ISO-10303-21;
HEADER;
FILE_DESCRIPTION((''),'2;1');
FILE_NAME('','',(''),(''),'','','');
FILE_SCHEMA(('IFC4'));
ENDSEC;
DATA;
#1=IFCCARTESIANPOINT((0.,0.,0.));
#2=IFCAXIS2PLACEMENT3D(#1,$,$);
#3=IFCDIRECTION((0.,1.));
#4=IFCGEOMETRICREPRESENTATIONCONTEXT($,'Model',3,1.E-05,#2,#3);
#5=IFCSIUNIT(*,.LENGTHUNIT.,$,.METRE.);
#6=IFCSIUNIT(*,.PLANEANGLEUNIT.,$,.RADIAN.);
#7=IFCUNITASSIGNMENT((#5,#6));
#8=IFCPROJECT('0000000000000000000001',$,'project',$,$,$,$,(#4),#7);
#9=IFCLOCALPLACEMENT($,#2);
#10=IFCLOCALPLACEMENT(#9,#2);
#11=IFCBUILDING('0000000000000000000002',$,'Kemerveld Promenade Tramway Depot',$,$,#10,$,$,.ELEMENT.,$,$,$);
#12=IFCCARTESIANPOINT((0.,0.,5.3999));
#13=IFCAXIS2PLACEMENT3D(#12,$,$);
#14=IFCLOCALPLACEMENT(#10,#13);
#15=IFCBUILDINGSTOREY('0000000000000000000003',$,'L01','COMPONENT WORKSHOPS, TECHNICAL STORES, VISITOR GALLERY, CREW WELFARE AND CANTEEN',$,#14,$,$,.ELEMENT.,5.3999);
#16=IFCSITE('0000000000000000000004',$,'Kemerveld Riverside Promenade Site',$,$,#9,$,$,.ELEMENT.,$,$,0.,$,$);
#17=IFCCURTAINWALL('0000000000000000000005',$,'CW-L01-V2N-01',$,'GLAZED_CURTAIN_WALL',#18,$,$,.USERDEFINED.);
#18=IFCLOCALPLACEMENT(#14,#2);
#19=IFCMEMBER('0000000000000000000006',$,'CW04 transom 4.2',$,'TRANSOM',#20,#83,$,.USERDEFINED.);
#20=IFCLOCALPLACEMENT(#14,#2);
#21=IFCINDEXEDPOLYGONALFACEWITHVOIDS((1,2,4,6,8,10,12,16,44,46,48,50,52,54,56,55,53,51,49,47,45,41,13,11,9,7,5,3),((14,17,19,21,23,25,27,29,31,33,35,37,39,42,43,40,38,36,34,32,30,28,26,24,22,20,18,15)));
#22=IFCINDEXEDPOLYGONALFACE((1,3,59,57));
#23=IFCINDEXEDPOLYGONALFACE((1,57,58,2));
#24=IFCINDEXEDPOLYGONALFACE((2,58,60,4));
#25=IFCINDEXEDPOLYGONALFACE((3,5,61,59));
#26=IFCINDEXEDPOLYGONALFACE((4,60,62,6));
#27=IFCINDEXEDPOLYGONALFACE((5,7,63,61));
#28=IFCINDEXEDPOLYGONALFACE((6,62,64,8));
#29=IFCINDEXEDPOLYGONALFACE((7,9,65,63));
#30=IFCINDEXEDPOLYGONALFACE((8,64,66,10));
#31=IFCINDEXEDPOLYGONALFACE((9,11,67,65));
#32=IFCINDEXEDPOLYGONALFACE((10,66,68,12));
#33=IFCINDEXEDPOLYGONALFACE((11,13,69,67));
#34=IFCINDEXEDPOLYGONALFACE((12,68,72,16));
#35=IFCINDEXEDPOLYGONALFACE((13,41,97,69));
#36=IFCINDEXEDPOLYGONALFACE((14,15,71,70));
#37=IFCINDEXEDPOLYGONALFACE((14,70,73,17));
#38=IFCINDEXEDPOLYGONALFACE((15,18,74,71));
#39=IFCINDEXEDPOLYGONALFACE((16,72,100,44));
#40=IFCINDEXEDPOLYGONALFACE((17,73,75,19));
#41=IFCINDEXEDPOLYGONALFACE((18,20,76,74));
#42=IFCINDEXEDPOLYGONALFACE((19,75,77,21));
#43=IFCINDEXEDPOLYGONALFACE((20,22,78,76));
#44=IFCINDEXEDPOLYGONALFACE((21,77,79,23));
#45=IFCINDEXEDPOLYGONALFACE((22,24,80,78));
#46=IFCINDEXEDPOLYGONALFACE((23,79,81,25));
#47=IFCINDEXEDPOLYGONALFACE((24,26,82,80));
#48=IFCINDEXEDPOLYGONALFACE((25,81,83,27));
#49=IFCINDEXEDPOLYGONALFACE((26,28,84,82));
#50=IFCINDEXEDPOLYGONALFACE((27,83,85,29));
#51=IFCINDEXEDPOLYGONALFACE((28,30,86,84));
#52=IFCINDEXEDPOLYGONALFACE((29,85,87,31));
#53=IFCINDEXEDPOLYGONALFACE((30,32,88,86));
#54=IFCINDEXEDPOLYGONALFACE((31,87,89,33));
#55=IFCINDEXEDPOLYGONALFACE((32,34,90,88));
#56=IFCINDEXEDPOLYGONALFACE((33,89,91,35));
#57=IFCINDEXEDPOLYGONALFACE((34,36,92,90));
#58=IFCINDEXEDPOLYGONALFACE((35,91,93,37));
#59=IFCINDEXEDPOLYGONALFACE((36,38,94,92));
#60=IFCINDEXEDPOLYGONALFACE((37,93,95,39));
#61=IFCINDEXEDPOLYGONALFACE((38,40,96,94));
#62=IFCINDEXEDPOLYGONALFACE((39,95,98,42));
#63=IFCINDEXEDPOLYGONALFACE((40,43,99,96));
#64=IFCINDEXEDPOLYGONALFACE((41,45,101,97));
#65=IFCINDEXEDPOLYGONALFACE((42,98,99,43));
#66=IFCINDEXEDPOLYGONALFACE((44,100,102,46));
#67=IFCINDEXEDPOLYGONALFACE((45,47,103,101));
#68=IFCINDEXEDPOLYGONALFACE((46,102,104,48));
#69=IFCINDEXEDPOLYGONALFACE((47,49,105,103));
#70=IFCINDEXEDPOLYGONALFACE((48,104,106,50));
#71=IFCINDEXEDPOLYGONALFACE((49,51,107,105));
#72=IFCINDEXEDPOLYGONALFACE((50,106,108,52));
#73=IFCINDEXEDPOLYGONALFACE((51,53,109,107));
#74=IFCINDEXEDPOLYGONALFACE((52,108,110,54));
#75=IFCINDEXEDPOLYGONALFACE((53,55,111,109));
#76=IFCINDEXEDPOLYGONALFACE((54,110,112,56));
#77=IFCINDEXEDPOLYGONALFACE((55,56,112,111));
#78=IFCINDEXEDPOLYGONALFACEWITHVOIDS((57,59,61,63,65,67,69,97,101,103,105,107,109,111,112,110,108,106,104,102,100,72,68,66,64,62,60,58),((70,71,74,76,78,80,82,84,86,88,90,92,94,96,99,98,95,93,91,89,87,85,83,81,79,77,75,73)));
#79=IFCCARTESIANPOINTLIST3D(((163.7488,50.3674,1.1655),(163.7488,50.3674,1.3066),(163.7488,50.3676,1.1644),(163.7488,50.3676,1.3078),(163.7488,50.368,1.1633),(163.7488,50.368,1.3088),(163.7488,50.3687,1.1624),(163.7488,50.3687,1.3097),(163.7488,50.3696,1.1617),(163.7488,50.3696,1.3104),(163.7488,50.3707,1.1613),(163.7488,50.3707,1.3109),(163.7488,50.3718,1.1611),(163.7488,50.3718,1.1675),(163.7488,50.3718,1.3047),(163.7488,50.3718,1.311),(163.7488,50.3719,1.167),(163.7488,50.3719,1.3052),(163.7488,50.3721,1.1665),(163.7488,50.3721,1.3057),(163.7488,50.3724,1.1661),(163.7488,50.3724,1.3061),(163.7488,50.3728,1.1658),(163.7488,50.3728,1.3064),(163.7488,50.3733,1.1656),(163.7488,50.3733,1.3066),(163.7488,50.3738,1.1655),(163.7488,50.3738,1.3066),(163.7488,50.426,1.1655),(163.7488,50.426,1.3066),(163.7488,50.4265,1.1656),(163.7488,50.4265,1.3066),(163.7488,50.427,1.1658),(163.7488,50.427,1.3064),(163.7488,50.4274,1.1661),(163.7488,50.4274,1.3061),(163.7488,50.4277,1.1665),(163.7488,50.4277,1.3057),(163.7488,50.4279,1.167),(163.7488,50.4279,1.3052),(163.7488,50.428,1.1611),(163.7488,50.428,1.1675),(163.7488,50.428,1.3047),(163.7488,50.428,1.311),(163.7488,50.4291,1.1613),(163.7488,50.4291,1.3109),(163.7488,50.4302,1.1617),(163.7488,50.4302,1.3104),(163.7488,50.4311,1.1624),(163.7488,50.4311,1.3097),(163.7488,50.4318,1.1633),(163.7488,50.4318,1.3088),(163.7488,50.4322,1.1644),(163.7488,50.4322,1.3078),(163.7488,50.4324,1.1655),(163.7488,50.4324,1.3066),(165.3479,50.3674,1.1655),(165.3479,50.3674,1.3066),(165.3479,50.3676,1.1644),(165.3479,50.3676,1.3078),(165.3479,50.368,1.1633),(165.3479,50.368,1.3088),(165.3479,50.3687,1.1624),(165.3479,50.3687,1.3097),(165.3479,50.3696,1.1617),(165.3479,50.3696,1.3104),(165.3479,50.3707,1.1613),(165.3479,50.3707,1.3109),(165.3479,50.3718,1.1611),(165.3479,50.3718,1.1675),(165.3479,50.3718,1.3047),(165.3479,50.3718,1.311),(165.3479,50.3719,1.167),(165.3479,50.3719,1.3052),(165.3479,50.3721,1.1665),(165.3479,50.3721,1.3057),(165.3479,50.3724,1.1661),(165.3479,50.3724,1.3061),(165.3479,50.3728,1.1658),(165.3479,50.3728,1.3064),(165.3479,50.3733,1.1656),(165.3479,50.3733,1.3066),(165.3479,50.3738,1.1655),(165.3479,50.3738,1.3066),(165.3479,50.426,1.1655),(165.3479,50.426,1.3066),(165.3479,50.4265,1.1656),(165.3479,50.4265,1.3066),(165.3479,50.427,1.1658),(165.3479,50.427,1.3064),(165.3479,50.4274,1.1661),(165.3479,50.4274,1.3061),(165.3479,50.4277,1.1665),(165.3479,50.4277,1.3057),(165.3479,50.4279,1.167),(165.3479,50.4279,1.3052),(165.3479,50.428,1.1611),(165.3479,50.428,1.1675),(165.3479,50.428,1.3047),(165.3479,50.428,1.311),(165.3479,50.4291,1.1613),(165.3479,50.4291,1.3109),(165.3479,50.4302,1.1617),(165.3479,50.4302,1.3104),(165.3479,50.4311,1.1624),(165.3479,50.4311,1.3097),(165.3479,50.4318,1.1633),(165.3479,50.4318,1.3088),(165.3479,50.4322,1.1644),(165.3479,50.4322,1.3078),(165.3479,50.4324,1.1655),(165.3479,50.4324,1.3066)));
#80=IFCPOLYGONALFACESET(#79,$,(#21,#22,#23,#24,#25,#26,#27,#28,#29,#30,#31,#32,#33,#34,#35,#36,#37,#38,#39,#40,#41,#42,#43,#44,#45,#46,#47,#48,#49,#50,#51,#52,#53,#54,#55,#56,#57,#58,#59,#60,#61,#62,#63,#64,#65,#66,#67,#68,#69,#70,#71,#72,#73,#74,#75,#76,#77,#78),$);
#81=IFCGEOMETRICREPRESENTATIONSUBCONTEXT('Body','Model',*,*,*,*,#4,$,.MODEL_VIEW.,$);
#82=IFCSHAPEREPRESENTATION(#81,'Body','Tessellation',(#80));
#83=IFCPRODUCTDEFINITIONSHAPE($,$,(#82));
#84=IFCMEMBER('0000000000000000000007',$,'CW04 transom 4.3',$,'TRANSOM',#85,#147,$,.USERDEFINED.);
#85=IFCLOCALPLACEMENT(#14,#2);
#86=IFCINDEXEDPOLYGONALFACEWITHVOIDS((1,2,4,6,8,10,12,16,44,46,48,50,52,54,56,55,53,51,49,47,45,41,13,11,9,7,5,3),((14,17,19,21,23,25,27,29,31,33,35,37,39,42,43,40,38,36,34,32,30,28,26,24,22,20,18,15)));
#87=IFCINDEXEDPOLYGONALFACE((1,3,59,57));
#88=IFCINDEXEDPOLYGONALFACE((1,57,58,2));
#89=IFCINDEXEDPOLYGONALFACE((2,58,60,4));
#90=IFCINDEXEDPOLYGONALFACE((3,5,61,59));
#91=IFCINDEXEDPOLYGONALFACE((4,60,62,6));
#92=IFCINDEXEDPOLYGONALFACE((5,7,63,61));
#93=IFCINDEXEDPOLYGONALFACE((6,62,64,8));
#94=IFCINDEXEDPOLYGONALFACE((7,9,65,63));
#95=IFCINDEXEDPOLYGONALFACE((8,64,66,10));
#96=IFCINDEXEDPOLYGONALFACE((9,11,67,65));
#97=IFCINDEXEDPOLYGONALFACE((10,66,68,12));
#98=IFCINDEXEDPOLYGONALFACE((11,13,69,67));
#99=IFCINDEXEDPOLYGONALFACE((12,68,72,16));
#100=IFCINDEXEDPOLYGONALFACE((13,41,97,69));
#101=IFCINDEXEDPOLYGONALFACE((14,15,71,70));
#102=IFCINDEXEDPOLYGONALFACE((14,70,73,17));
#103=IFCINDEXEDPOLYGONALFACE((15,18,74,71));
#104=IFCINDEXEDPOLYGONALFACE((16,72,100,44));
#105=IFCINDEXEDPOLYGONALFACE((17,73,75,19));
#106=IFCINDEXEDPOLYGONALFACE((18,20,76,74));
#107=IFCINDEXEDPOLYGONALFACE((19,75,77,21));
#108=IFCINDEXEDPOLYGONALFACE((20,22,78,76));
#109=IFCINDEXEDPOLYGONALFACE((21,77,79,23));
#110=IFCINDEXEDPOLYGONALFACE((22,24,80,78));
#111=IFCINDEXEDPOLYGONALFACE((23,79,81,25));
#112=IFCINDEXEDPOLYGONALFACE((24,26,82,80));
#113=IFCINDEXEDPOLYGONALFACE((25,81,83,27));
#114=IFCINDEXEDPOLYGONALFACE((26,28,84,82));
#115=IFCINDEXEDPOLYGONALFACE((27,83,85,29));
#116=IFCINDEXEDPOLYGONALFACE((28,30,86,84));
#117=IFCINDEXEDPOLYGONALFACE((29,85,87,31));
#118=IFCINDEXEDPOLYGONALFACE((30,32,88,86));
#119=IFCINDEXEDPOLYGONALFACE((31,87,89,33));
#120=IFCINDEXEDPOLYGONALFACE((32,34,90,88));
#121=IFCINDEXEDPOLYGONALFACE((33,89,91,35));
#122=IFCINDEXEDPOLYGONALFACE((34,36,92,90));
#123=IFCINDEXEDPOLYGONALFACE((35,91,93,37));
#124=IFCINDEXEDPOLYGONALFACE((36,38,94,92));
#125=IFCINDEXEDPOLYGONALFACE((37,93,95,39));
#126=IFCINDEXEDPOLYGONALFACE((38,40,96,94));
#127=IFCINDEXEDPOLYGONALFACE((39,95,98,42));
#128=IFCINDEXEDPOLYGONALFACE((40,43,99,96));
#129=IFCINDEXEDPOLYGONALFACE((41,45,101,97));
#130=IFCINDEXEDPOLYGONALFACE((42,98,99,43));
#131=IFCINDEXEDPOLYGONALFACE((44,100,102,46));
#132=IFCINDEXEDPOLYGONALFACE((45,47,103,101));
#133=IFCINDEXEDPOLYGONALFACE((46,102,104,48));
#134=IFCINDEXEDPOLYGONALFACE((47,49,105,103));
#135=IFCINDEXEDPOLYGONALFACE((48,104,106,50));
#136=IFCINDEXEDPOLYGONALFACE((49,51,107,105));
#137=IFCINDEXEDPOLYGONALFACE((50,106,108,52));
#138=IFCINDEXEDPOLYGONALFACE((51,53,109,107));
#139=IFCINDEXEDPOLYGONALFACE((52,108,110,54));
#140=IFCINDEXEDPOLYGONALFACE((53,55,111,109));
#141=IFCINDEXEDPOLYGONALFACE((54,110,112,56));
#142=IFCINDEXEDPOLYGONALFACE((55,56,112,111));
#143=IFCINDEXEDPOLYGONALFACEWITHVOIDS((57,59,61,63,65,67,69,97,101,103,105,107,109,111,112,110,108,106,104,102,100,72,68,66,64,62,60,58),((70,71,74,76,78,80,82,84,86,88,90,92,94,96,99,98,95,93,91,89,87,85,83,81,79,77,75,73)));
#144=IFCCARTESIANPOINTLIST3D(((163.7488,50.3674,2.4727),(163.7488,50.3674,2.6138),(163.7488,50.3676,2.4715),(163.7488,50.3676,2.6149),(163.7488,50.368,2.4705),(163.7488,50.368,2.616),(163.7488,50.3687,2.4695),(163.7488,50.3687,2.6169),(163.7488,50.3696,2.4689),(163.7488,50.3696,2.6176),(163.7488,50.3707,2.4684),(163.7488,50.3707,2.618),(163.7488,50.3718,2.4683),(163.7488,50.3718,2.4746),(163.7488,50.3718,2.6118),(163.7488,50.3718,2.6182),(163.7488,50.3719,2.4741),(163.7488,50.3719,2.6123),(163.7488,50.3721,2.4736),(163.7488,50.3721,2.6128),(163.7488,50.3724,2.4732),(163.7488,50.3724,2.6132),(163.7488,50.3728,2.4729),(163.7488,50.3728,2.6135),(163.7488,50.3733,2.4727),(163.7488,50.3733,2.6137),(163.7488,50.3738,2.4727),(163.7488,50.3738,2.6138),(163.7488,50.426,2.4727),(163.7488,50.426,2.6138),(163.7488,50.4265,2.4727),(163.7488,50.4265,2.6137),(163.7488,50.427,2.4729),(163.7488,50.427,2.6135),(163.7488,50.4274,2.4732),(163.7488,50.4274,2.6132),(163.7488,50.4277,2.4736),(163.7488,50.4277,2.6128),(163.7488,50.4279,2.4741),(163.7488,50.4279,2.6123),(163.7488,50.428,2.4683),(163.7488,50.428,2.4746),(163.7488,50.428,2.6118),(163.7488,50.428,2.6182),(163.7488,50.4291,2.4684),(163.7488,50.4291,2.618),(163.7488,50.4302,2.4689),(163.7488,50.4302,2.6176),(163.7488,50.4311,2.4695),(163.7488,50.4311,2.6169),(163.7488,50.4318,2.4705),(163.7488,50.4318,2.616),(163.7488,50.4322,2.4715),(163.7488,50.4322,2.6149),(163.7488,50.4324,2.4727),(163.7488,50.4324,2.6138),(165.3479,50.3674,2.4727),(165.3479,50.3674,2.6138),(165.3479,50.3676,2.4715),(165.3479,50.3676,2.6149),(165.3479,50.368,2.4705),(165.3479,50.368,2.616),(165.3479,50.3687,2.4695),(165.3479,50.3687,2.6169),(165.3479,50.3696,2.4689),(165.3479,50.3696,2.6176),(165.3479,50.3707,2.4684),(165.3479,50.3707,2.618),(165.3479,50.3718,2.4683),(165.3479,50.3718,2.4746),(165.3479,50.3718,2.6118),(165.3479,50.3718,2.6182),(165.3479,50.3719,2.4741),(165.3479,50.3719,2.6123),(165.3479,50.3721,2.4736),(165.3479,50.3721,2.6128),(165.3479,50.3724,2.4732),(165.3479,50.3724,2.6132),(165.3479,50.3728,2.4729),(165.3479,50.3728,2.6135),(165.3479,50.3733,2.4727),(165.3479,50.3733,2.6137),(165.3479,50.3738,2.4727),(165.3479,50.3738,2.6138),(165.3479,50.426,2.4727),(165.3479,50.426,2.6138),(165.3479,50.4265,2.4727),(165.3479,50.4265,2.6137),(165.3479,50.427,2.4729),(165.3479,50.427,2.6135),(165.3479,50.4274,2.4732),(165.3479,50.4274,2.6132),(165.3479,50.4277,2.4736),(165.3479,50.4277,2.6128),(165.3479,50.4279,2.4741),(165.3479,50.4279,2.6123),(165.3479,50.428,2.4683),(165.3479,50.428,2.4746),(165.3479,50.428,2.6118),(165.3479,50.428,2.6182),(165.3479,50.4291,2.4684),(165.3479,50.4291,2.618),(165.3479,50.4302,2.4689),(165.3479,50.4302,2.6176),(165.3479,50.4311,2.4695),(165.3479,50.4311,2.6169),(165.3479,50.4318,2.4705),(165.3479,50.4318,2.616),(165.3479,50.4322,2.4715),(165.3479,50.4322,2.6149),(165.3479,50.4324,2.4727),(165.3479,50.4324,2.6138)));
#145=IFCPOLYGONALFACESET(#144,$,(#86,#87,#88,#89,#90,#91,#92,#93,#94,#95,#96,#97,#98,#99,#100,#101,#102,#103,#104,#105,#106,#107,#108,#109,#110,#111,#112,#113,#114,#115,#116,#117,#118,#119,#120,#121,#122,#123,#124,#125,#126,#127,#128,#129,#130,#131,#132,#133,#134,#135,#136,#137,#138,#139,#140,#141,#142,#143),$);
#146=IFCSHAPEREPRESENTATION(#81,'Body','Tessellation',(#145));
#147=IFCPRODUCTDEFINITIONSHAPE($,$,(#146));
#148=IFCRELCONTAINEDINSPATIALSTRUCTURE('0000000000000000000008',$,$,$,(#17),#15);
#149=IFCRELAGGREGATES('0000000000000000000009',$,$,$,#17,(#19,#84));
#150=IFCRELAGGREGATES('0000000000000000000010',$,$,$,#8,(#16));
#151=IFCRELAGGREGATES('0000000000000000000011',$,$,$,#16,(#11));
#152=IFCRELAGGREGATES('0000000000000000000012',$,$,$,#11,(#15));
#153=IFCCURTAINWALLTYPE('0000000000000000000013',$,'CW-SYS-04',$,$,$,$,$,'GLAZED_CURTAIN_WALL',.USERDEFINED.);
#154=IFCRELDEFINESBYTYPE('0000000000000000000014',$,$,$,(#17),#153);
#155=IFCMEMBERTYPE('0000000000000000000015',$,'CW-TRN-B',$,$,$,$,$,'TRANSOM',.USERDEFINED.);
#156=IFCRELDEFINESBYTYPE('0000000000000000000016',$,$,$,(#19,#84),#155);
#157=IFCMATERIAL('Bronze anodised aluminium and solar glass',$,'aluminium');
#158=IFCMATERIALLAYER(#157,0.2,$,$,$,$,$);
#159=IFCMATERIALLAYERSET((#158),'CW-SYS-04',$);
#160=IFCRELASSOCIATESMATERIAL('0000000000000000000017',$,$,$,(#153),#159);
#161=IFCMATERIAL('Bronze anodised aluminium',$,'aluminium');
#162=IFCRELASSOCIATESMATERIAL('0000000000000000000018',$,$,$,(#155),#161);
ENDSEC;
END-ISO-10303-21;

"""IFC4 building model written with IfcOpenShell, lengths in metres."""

from ifc_helpers import new_model, si_unit, direction, frame, origin, origin_2d, place, context, subcontext, project, spatial, hollow_rectangle, extrude, material, layer, layer_set, material_profile, profile_set, type_object, element, aggregate, save


model = new_model("IFC4")

# Units and contexts
model_context = context("Model", 3, precision=1e-05, world=origin(), true_north=direction((0.0, 1.0)))
body_context = subcontext(model_context, "Body", "Model", "MODEL_VIEW")
ifc_project = project(units=[si_unit("LENGTHUNIT", "METRE"), si_unit("PLANEANGLEUNIT", "RADIAN")], contexts=[model_context])

# Site, building, storey
site_placement = place(None, origin())
site = spatial("IfcSite", under=ifc_project, at=site_placement, Name="Kemerveld Riverside Promenade Site", CompositionType="ELEMENT", RefElevation=0.0)
building_placement = place(site_placement, origin())
building = spatial("IfcBuilding", under=site, at=building_placement, Name="Kemerveld Promenade Tramway Depot", CompositionType="ELEMENT")
storey_placement = place(building_placement, frame((0.0, 0.0, 5.3999)))
storey = spatial("IfcBuildingStorey", under=building, at=storey_placement, Name="L01", Description="COMPONENT WORKSHOPS, TECHNICAL STORES, VISITOR GALLERY, CREW WELFARE AND CANTEEN", CompositionType="ELEMENT", Elevation=5.3999)

# Curtain wall
ifc_material_1 = material(Name="Bronze anodised aluminium and solar glass", Category="aluminium")
ifc_material_2 = material(Name="Bronze anodised aluminium", Category="aluminium")
ifc_layer_1 = layer(ifc_material_1, 0.2)
ifc_layer_set_1 = layer_set([ifc_layer_1], Name="CW-SYS-04")
curtain_wall_type_1 = type_object("IfcCurtainWallType", Name="CW-SYS-04", ElementType="GLAZED_CURTAIN_WALL", PredefinedType="USERDEFINED", material=ifc_layer_set_1)
curtain_wall_1_placement = place(storey_placement, origin())
curtain_wall_1 = element("IfcCurtainWall", 1, at=curtain_wall_1_placement, inside=storey, type_object=curtain_wall_type_1, Name="CW-L01-V2N-01", ObjectType="GLAZED_CURTAIN_WALL", PredefinedType="USERDEFINED")

# Members
ifc_material_profile_1 = material_profile(ifc_material_2, hollow_rectangle(XDim=0.0649, YDim=0.1499, WallThickness=0.0044, InnerFilletRadius=0.002, OuterFilletRadius=0.0044, at=origin_2d()), Name="CW-TRN-150x65")
ifc_profile_set_1 = profile_set([ifc_material_profile_1], Name="Bronze anodised aluminium")
member_type_1 = type_object("IfcMemberType", Name="CW-TRN-B", ElementType="TRANSOM", PredefinedType="USERDEFINED", material=ifc_profile_set_1)
member_1_placement = place(storey_placement, frame((163.7488, 50.3999, 1.2361), z_axis=(1.0, 0.0, 0.0), x_axis=(0.0, 1.0, 0.0)))
member_1 = element("IfcMember", 2, at=member_1_placement, type_object=member_type_1, Name="CW04 transom 4.2", ObjectType="TRANSOM", PredefinedType="USERDEFINED", context=body_context, shape_type="SweptSolid", body=[
    extrude(hollow_rectangle(XDim=0.0649, YDim=0.1499, WallThickness=0.0044, InnerFilletRadius=0.002, OuterFilletRadius=0.0044, at=origin_2d()), origin(), (0.0, 0.0, 1.0), 1.5991),
])
member_2_placement = place(storey_placement, frame((163.7488, 50.3999, 2.5432), z_axis=(1.0, 0.0, 0.0), x_axis=(0.0, 1.0, 0.0)))
member_2 = element("IfcMember", 3, at=member_2_placement, type_object=member_type_1, Name="CW04 transom 4.3", ObjectType="TRANSOM", PredefinedType="USERDEFINED", context=body_context, shape_type="SweptSolid", body=[
    extrude(hollow_rectangle(XDim=0.0649, YDim=0.1499, WallThickness=0.0044, InnerFilletRadius=0.002, OuterFilletRadius=0.0044, at=origin_2d()), origin(), (0.0, 0.0, 1.0), 1.5991),
])

aggregate(curtain_wall_1, [member_1, member_2])

save(model, "model.ifc")
